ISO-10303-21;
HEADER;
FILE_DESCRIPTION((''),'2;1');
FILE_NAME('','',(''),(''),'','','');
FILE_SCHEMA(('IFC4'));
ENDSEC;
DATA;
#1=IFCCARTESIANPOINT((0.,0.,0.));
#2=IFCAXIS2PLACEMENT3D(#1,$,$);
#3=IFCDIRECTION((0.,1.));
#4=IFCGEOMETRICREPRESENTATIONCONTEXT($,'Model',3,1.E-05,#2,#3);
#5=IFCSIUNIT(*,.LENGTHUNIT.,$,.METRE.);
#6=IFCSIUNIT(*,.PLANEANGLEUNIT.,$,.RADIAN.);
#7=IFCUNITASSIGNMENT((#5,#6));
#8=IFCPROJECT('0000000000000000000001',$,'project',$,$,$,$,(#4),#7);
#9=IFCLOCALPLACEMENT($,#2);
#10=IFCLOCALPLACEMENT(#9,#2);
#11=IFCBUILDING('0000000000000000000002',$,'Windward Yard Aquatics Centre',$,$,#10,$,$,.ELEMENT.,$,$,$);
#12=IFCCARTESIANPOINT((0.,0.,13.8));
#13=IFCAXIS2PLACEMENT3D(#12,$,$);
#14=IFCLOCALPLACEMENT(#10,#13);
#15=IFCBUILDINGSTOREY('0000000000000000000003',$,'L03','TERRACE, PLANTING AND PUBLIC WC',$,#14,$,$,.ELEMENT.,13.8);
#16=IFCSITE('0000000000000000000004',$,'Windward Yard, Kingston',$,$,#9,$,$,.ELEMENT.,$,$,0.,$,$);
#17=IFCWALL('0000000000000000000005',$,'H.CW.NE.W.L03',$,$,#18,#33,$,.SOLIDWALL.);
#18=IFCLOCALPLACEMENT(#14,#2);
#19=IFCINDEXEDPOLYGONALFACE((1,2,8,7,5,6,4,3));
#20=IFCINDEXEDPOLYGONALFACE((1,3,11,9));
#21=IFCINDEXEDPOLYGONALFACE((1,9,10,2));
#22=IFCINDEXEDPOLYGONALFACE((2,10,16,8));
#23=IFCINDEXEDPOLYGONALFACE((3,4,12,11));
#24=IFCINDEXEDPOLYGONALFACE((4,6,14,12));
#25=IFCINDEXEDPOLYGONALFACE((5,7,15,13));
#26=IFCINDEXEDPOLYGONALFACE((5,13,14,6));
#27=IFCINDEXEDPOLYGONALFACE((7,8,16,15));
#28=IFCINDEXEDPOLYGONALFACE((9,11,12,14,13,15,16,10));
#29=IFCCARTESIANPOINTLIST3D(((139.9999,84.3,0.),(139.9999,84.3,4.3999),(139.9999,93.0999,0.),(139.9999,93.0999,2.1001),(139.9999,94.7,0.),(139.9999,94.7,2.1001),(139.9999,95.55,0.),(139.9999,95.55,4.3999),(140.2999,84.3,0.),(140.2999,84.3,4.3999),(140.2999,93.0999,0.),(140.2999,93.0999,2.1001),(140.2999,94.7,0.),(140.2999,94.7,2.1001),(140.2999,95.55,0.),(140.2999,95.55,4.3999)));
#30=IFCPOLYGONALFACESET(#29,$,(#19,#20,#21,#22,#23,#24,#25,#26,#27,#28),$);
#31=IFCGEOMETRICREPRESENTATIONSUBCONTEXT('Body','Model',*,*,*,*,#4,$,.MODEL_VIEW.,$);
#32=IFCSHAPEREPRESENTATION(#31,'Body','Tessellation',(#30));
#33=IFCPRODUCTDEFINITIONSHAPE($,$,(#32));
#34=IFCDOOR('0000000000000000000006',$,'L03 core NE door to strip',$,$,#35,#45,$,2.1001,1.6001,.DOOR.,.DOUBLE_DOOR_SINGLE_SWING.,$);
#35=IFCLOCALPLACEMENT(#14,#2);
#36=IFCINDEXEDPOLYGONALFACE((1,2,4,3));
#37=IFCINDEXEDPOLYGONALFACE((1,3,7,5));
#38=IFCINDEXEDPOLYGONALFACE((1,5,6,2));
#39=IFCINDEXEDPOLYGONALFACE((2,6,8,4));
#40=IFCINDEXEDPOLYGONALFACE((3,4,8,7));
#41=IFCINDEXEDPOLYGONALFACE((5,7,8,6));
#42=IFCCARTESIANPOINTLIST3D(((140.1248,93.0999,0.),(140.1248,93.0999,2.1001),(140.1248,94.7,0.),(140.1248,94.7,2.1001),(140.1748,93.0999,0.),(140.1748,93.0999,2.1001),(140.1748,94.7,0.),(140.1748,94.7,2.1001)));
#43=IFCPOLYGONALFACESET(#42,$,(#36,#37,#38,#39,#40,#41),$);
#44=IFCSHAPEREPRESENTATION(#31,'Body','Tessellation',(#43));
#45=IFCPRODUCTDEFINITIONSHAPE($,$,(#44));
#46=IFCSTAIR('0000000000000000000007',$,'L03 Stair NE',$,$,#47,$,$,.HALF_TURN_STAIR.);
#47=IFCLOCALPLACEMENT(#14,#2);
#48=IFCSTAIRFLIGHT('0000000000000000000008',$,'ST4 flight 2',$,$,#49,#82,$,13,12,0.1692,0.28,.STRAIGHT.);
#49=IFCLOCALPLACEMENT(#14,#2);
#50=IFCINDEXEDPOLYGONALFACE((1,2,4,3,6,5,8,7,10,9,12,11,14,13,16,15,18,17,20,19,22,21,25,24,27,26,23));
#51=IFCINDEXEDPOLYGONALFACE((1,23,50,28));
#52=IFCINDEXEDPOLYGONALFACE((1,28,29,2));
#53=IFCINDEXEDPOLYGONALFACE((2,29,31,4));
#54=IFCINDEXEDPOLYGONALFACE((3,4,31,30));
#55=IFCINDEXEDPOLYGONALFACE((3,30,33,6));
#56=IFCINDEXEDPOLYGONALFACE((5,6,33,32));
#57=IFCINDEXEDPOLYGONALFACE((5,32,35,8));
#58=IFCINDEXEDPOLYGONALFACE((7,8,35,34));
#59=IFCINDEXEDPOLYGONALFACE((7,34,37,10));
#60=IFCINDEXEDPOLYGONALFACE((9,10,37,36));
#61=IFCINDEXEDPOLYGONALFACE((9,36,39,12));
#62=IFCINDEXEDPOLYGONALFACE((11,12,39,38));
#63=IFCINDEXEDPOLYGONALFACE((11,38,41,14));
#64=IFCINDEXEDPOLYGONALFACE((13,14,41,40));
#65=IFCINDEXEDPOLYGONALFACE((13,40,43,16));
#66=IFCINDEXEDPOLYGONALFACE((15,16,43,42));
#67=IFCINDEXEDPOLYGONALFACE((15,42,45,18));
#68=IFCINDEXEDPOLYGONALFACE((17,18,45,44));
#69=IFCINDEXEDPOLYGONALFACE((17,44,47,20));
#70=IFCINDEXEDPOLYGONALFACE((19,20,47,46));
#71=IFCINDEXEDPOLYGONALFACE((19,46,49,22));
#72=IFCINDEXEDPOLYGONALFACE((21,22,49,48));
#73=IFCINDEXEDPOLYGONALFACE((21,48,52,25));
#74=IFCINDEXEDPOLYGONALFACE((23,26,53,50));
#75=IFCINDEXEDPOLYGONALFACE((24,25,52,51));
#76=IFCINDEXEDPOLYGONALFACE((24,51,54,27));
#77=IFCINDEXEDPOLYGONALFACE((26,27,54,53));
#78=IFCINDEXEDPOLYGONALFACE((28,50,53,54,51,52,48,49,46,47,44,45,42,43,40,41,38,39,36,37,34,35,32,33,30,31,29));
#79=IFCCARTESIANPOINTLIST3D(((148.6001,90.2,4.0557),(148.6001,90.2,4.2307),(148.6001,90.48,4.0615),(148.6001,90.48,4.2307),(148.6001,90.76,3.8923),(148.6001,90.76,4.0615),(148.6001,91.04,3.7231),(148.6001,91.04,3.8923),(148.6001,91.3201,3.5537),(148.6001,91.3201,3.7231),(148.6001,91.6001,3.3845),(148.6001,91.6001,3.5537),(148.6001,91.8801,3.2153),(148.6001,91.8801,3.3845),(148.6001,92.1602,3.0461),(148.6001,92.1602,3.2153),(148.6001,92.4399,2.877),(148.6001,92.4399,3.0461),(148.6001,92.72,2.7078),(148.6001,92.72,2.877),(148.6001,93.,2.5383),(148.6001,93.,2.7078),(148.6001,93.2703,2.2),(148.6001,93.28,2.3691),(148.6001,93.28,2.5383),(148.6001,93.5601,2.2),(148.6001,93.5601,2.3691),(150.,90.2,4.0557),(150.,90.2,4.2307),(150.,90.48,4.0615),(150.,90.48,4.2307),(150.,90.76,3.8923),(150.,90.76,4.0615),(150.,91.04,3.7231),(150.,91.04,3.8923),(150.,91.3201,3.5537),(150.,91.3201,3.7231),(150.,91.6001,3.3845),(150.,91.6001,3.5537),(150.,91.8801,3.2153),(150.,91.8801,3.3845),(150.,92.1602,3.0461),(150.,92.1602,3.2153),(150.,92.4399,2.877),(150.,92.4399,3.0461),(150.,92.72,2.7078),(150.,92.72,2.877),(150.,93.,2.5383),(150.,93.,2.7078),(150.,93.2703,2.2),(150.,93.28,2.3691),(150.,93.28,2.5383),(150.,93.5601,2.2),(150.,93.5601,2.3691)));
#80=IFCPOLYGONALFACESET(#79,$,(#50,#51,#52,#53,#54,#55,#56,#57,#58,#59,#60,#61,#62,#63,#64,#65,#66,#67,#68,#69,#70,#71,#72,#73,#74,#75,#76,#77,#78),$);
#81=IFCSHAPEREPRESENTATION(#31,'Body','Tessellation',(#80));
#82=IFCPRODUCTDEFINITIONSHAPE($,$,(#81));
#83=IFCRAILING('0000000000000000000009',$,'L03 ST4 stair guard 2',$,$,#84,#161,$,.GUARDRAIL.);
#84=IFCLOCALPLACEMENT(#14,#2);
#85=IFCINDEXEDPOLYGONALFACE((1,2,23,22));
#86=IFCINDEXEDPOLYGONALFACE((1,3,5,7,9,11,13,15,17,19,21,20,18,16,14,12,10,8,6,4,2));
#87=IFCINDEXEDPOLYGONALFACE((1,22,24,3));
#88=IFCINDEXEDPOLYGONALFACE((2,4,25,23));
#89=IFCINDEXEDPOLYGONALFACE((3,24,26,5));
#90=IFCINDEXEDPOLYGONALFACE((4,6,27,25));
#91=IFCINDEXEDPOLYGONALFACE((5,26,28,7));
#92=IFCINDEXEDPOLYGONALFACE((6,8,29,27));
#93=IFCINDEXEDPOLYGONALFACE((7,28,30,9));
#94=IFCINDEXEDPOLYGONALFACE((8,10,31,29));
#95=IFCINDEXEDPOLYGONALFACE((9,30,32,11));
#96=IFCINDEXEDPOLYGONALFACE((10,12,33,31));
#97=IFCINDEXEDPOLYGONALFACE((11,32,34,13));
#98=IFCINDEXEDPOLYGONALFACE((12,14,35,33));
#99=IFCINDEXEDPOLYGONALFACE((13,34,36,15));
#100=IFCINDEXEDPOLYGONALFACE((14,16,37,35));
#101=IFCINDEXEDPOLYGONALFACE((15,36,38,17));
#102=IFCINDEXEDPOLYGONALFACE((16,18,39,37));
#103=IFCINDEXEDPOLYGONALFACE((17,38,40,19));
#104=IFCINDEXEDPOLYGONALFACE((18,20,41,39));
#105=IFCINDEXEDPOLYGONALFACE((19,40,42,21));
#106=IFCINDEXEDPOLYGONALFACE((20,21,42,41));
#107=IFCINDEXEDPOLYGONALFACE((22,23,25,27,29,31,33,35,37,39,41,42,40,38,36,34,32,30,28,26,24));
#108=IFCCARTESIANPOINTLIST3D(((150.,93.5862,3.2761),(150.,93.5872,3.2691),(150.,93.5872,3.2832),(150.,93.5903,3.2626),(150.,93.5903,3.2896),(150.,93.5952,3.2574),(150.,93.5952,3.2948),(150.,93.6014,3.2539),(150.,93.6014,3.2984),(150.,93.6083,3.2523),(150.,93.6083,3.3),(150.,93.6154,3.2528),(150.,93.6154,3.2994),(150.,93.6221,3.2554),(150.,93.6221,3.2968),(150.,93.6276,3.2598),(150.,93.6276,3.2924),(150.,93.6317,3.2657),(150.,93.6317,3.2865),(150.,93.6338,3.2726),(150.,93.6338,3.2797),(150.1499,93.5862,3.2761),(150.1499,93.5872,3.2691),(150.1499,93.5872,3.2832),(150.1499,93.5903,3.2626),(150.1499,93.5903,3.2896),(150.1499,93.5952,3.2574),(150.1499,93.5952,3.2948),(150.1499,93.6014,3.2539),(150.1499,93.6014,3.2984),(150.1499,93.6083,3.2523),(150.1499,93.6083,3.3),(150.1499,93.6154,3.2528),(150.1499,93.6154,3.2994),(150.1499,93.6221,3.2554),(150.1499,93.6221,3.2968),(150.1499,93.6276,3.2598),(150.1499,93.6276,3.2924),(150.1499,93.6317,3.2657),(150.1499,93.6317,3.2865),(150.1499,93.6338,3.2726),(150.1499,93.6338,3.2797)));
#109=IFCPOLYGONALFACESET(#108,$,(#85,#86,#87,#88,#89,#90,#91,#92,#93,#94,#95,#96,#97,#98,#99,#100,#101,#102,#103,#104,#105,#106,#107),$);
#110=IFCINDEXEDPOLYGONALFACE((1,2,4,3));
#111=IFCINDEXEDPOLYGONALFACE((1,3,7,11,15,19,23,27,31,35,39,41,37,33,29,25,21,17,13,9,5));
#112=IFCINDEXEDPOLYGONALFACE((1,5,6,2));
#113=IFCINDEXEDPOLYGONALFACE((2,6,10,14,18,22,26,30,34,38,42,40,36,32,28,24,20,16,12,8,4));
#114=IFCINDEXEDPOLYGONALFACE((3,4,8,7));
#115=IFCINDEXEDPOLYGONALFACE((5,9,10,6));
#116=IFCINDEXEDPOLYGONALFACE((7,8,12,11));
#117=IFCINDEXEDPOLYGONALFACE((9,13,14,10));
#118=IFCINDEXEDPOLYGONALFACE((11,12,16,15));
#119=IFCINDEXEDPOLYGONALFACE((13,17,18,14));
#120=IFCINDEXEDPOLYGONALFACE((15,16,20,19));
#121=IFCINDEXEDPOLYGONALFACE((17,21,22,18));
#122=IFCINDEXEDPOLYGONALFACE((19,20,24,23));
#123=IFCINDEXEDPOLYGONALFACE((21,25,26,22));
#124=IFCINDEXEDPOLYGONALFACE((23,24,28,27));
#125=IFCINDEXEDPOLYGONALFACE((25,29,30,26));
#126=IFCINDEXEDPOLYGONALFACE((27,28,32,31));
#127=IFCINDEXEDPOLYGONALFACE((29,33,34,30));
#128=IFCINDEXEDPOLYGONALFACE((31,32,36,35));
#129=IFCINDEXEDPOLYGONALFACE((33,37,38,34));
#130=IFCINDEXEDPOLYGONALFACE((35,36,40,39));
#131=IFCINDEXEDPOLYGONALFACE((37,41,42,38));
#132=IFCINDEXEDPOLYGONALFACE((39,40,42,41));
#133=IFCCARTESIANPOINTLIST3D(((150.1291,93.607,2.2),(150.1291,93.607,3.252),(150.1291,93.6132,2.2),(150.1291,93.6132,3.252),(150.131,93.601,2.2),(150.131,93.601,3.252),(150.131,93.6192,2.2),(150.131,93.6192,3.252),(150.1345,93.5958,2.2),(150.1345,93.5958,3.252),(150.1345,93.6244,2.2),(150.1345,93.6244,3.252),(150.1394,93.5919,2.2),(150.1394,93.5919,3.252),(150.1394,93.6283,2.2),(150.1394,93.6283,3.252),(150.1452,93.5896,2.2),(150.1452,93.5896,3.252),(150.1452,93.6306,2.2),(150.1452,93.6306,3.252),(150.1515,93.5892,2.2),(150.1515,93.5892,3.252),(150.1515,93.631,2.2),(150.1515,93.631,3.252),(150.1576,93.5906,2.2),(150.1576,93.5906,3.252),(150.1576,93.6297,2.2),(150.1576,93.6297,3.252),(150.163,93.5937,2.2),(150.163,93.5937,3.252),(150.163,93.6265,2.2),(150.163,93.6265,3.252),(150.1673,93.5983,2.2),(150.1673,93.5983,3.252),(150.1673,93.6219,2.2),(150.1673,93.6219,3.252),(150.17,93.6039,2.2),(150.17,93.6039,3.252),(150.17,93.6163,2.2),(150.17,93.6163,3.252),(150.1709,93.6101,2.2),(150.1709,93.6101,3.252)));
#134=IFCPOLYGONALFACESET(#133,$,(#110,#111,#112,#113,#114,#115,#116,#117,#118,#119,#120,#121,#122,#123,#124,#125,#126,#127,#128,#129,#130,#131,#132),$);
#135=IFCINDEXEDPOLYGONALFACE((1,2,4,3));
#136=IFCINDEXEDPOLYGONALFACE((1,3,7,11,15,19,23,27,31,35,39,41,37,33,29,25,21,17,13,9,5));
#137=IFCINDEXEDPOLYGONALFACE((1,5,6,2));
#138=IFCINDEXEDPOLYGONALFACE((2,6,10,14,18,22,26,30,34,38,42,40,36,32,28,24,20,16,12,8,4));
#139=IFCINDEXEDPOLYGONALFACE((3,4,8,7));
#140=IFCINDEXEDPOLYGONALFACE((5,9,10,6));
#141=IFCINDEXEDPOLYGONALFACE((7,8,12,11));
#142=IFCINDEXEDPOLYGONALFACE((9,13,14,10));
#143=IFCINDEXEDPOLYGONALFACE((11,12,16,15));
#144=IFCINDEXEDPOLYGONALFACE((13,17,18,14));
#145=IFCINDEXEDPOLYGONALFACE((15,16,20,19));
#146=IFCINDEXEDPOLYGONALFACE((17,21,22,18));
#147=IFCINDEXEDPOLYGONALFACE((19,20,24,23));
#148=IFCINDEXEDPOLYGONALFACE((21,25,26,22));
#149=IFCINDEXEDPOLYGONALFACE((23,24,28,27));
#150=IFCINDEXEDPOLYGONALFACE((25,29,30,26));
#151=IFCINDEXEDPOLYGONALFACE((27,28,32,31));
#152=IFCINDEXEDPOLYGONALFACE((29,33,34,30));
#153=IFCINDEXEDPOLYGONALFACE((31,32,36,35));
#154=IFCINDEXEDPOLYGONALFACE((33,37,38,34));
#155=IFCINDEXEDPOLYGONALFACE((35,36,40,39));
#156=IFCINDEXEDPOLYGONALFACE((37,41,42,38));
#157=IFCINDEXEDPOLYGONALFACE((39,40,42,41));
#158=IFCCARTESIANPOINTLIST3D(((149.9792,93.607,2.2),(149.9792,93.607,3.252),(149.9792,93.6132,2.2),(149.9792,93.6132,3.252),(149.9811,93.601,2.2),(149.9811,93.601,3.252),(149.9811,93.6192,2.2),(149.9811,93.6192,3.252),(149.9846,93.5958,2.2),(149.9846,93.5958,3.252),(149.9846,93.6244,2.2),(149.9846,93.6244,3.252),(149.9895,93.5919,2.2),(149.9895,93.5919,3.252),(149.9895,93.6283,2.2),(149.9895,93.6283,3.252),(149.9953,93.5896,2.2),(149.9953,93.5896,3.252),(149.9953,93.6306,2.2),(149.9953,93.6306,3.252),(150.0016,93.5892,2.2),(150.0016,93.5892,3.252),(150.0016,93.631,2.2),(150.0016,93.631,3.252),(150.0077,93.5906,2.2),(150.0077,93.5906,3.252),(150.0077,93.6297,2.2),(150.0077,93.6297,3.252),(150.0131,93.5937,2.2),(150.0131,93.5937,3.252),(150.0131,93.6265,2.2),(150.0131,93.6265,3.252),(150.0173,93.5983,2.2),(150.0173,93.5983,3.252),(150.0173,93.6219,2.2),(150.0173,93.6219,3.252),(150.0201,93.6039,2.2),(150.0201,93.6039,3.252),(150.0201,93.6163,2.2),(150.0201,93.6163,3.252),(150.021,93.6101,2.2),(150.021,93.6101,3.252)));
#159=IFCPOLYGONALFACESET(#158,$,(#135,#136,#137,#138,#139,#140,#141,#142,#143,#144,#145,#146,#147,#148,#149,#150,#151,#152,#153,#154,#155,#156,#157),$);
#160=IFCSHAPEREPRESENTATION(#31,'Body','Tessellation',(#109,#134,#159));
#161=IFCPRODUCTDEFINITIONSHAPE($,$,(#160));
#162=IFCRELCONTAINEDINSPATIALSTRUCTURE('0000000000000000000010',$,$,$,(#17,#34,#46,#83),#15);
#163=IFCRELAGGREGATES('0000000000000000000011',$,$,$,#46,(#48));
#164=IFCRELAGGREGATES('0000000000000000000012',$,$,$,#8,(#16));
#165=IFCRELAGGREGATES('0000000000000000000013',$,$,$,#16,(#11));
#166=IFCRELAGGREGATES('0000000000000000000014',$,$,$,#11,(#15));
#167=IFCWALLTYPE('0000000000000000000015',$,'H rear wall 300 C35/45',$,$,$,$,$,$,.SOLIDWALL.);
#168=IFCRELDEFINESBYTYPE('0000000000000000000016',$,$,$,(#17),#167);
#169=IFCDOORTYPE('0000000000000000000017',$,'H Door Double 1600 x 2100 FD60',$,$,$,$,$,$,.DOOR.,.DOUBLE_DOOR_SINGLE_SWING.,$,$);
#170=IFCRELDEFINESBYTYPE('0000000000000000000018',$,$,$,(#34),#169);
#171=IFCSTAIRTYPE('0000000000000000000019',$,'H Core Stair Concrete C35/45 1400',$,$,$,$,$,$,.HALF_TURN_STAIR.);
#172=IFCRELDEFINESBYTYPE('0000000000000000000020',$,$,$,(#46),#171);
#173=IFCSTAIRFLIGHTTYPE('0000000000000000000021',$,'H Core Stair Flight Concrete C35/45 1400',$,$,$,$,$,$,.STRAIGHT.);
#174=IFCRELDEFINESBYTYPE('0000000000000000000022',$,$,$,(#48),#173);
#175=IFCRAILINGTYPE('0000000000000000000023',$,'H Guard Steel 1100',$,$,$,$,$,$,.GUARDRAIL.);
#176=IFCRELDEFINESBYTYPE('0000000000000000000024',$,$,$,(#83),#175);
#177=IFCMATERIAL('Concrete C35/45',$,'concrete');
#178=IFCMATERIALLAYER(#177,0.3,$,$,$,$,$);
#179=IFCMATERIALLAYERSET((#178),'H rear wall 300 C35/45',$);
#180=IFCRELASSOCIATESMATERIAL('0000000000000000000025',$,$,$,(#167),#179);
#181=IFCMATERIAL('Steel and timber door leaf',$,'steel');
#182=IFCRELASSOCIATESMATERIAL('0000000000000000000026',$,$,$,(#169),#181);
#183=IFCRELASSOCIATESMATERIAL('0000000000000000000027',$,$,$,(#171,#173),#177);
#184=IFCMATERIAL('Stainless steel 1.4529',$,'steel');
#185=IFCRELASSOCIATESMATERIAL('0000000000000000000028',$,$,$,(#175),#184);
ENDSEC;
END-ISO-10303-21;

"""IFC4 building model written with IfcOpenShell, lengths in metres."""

from ifc_helpers import new_model, si_unit, direction, frame, frame_2d, origin, origin_2d, place, context, subcontext, project, spatial, polyline, rectangle, circle, outline, extrude, material, layer, layer_set, type_object, element, fill, aggregate, save


model = new_model("IFC4")

# Units and contexts
model_context = context("Model", 3, precision=1e-05, world=origin(), true_north=direction((0.0, 1.0)))
body_context = subcontext(model_context, "Body", "Model", "MODEL_VIEW")
ifc_project = project(units=[si_unit("LENGTHUNIT", "METRE"), si_unit("PLANEANGLEUNIT", "RADIAN")], contexts=[model_context])

# Site, building, storey
site_placement = place(None, origin())
site = spatial("IfcSite", under=ifc_project, at=site_placement, Name="Windward Yard, Kingston", CompositionType="ELEMENT", RefElevation=0.0)
building_placement = place(site_placement, origin())
building = spatial("IfcBuilding", under=site, at=building_placement, Name="Windward Yard Aquatics Centre", CompositionType="ELEMENT")
storey_placement = place(building_placement, frame((0.0, 0.0, 13.8)))
storey = spatial("IfcBuildingStorey", under=building, at=storey_placement, Name="L03", Description="TERRACE, PLANTING AND PUBLIC WC", CompositionType="ELEMENT", Elevation=13.8)

# Shared definitions
ifc_material_1 = material(Name="Concrete C35/45", Category="concrete")

# Shared definitions
ifc_material_2 = material(Name="Steel and timber door leaf", Category="steel")

# Wall, opening, door
ifc_layer_1 = layer(ifc_material_1, 0.3)
ifc_layer_set_1 = layer_set([ifc_layer_1], Name="H rear wall 300 C35/45")
wall_type_1 = type_object("IfcWallType", Name="H rear wall 300 C35/45", PredefinedType="SOLIDWALL", material=ifc_layer_set_1)
wall_1_placement = place(storey_placement, frame((140.1499, 95.55, 0.0), z_axis=(0.0, 0.0, 1.0), x_axis=(0.0, -1.0, 0.0)))
wall_1 = element("IfcWall", 1, at=wall_1_placement, inside=storey, type_object=wall_type_1, Name="H.CW.NE.W.L03", PredefinedType="SOLIDWALL", context=body_context, shape_type="SweptSolid", body=[
    extrude(rectangle(XDim=11.25, YDim=0.3, at=frame_2d((5.625, 0.0))), origin(), (0.0, 0.0, 1.0), 4.3999),
])
opening_1_placement = place(wall_1_placement, frame((0.8501, 0.0, 0.0)))
opening_1 = element("IfcOpeningElement", 2, at=opening_1_placement, cuts=wall_1, PredefinedType="OPENING", context=body_context, shape_type="SweptSolid", body=[
    extrude(rectangle(XDim=1.6001, YDim=2.1001, at=frame_2d((0.8, 1.05))), frame((0.0, 0.1602, 0.0), z_axis=(0.0, -1.0, 0.0), x_axis=(1.0, 0.0, 0.0)), (0.0, 0.0, 1.0), 0.3201),
])
door_type_1 = type_object("IfcDoorType", Name="H Door Double 1600 x 2100 FD60", OperationType="DOUBLE_DOOR_SINGLE_SWING", PredefinedType="DOOR", material=ifc_material_2)
door_1_placement = place(opening_1_placement, origin())
door_1 = element("IfcDoor", 3, at=door_1_placement, inside=storey, type_object=door_type_1, Name="L03 core NE door to strip", OperationType="DOUBLE_DOOR_SINGLE_SWING", OverallHeight=2.1001, OverallWidth=1.6001, PredefinedType="DOOR", context=body_context, shape_type="SweptSolid", body=[
    extrude(rectangle(XDim=1.6001, YDim=2.1001, at=frame_2d((0.8, 1.05))), frame((0.0, 0.0249, 0.0), z_axis=(0.0, -1.0, 0.0), x_axis=(1.0, 0.0, 0.0)), (0.0, 0.0, 1.0), 0.05),
])
fill(opening_1, door_1)

# Stair, stair flight
stair_type = type_object("IfcStairType", Name="H Core Stair Concrete C35/45 1400", PredefinedType="HALF_TURN_STAIR", material=ifc_material_1)
stair_placement = place(storey_placement, origin())
stair = element("IfcStair", 4, at=stair_placement, inside=storey, type_object=stair_type, Name="L03 Stair NE", PredefinedType="HALF_TURN_STAIR")
stair_flight_type = type_object("IfcStairFlightType", Name="H Core Stair Flight Concrete C35/45 1400", PredefinedType="STRAIGHT", material=ifc_material_1)
stair_flight_placement = place(storey_placement, frame((149.3, 93.5601, 2.2), z_axis=(0.0, 0.0, 1.0), x_axis=(0.0, -1.0, 0.0)))
stair_flight = element("IfcStairFlight", 5, at=stair_flight_placement, type_object=stair_flight_type, Name="ST4 flight 2", NumberOfRisers=13, NumberOfTreads=12, PredefinedType="STRAIGHT", RiserHeight=0.1692, TreadLength=0.28, context=body_context, shape_type="SweptSolid", body=[
    extrude(outline(polyline([(0.0, 0.0), (0.0, 0.1692), (0.28, 0.1692), (0.28, 0.3384), (0.5601, 0.3384), (0.5601, 0.5078), (0.8401, 0.5078), (0.8401, 0.677), (1.1201, 0.677), (1.1201, 0.8462), (1.3999, 0.8462), (1.3999, 1.0154), (1.6799, 1.0154), (1.6799, 1.1846), (1.96, 1.1846), (1.96, 1.3538), (2.24, 1.3538), (2.24, 1.5232), (2.52, 1.5232), (2.52, 1.6924), (2.8, 1.6924), (2.8, 1.8616), (3.0801, 1.8616), (3.0801, 2.0308), (3.3601, 2.0308), (3.3601, 2.2), (3.3601, 1.8557), (0.2898, 0.0), (0.0, 0.0)])), frame((0.0, 0.7, 0.0), z_axis=(0.0, -1.0, 0.0), x_axis=(1.0, 0.0, 0.0)), (0.0, 0.0, 1.0), 1.3999),
])
aggregate(stair, [stair_flight])

# Railing
ifc_material_3 = material(Name="Stainless steel 1.4529", Category="steel")
railing_type_1 = type_object("IfcRailingType", Name="H Guard Steel 1100", PredefinedType="GUARDRAIL", material=ifc_material_3)
railing_1_placement = place(storey_placement, frame((150.1499, 93.6101, 2.2)))
element("IfcRailing", 6, at=railing_1_placement, inside=storey, type_object=railing_type_1, Name="L03 ST4 stair guard 2", PredefinedType="GUARDRAIL", context=body_context, shape_type="SweptSolid", body=[
    extrude(circle(Radius=0.0239, at=origin_2d()), frame((0.0, 0.0, 1.0762), z_axis=(-1.0, 0.0, 0.0), x_axis=(0.0, -1.0, 0.0)), (0.0, 0.0, 1.0), 0.1499),
    extrude(circle(Radius=0.021, at=origin_2d()), origin(), (0.0, 0.0, 1.0), 1.052),
    extrude(circle(Radius=0.021, at=origin_2d()), frame((-0.1499, 0.0, 0.0)), (0.0, 0.0, 1.0), 1.052),
])

save(model, "model.ifc")
